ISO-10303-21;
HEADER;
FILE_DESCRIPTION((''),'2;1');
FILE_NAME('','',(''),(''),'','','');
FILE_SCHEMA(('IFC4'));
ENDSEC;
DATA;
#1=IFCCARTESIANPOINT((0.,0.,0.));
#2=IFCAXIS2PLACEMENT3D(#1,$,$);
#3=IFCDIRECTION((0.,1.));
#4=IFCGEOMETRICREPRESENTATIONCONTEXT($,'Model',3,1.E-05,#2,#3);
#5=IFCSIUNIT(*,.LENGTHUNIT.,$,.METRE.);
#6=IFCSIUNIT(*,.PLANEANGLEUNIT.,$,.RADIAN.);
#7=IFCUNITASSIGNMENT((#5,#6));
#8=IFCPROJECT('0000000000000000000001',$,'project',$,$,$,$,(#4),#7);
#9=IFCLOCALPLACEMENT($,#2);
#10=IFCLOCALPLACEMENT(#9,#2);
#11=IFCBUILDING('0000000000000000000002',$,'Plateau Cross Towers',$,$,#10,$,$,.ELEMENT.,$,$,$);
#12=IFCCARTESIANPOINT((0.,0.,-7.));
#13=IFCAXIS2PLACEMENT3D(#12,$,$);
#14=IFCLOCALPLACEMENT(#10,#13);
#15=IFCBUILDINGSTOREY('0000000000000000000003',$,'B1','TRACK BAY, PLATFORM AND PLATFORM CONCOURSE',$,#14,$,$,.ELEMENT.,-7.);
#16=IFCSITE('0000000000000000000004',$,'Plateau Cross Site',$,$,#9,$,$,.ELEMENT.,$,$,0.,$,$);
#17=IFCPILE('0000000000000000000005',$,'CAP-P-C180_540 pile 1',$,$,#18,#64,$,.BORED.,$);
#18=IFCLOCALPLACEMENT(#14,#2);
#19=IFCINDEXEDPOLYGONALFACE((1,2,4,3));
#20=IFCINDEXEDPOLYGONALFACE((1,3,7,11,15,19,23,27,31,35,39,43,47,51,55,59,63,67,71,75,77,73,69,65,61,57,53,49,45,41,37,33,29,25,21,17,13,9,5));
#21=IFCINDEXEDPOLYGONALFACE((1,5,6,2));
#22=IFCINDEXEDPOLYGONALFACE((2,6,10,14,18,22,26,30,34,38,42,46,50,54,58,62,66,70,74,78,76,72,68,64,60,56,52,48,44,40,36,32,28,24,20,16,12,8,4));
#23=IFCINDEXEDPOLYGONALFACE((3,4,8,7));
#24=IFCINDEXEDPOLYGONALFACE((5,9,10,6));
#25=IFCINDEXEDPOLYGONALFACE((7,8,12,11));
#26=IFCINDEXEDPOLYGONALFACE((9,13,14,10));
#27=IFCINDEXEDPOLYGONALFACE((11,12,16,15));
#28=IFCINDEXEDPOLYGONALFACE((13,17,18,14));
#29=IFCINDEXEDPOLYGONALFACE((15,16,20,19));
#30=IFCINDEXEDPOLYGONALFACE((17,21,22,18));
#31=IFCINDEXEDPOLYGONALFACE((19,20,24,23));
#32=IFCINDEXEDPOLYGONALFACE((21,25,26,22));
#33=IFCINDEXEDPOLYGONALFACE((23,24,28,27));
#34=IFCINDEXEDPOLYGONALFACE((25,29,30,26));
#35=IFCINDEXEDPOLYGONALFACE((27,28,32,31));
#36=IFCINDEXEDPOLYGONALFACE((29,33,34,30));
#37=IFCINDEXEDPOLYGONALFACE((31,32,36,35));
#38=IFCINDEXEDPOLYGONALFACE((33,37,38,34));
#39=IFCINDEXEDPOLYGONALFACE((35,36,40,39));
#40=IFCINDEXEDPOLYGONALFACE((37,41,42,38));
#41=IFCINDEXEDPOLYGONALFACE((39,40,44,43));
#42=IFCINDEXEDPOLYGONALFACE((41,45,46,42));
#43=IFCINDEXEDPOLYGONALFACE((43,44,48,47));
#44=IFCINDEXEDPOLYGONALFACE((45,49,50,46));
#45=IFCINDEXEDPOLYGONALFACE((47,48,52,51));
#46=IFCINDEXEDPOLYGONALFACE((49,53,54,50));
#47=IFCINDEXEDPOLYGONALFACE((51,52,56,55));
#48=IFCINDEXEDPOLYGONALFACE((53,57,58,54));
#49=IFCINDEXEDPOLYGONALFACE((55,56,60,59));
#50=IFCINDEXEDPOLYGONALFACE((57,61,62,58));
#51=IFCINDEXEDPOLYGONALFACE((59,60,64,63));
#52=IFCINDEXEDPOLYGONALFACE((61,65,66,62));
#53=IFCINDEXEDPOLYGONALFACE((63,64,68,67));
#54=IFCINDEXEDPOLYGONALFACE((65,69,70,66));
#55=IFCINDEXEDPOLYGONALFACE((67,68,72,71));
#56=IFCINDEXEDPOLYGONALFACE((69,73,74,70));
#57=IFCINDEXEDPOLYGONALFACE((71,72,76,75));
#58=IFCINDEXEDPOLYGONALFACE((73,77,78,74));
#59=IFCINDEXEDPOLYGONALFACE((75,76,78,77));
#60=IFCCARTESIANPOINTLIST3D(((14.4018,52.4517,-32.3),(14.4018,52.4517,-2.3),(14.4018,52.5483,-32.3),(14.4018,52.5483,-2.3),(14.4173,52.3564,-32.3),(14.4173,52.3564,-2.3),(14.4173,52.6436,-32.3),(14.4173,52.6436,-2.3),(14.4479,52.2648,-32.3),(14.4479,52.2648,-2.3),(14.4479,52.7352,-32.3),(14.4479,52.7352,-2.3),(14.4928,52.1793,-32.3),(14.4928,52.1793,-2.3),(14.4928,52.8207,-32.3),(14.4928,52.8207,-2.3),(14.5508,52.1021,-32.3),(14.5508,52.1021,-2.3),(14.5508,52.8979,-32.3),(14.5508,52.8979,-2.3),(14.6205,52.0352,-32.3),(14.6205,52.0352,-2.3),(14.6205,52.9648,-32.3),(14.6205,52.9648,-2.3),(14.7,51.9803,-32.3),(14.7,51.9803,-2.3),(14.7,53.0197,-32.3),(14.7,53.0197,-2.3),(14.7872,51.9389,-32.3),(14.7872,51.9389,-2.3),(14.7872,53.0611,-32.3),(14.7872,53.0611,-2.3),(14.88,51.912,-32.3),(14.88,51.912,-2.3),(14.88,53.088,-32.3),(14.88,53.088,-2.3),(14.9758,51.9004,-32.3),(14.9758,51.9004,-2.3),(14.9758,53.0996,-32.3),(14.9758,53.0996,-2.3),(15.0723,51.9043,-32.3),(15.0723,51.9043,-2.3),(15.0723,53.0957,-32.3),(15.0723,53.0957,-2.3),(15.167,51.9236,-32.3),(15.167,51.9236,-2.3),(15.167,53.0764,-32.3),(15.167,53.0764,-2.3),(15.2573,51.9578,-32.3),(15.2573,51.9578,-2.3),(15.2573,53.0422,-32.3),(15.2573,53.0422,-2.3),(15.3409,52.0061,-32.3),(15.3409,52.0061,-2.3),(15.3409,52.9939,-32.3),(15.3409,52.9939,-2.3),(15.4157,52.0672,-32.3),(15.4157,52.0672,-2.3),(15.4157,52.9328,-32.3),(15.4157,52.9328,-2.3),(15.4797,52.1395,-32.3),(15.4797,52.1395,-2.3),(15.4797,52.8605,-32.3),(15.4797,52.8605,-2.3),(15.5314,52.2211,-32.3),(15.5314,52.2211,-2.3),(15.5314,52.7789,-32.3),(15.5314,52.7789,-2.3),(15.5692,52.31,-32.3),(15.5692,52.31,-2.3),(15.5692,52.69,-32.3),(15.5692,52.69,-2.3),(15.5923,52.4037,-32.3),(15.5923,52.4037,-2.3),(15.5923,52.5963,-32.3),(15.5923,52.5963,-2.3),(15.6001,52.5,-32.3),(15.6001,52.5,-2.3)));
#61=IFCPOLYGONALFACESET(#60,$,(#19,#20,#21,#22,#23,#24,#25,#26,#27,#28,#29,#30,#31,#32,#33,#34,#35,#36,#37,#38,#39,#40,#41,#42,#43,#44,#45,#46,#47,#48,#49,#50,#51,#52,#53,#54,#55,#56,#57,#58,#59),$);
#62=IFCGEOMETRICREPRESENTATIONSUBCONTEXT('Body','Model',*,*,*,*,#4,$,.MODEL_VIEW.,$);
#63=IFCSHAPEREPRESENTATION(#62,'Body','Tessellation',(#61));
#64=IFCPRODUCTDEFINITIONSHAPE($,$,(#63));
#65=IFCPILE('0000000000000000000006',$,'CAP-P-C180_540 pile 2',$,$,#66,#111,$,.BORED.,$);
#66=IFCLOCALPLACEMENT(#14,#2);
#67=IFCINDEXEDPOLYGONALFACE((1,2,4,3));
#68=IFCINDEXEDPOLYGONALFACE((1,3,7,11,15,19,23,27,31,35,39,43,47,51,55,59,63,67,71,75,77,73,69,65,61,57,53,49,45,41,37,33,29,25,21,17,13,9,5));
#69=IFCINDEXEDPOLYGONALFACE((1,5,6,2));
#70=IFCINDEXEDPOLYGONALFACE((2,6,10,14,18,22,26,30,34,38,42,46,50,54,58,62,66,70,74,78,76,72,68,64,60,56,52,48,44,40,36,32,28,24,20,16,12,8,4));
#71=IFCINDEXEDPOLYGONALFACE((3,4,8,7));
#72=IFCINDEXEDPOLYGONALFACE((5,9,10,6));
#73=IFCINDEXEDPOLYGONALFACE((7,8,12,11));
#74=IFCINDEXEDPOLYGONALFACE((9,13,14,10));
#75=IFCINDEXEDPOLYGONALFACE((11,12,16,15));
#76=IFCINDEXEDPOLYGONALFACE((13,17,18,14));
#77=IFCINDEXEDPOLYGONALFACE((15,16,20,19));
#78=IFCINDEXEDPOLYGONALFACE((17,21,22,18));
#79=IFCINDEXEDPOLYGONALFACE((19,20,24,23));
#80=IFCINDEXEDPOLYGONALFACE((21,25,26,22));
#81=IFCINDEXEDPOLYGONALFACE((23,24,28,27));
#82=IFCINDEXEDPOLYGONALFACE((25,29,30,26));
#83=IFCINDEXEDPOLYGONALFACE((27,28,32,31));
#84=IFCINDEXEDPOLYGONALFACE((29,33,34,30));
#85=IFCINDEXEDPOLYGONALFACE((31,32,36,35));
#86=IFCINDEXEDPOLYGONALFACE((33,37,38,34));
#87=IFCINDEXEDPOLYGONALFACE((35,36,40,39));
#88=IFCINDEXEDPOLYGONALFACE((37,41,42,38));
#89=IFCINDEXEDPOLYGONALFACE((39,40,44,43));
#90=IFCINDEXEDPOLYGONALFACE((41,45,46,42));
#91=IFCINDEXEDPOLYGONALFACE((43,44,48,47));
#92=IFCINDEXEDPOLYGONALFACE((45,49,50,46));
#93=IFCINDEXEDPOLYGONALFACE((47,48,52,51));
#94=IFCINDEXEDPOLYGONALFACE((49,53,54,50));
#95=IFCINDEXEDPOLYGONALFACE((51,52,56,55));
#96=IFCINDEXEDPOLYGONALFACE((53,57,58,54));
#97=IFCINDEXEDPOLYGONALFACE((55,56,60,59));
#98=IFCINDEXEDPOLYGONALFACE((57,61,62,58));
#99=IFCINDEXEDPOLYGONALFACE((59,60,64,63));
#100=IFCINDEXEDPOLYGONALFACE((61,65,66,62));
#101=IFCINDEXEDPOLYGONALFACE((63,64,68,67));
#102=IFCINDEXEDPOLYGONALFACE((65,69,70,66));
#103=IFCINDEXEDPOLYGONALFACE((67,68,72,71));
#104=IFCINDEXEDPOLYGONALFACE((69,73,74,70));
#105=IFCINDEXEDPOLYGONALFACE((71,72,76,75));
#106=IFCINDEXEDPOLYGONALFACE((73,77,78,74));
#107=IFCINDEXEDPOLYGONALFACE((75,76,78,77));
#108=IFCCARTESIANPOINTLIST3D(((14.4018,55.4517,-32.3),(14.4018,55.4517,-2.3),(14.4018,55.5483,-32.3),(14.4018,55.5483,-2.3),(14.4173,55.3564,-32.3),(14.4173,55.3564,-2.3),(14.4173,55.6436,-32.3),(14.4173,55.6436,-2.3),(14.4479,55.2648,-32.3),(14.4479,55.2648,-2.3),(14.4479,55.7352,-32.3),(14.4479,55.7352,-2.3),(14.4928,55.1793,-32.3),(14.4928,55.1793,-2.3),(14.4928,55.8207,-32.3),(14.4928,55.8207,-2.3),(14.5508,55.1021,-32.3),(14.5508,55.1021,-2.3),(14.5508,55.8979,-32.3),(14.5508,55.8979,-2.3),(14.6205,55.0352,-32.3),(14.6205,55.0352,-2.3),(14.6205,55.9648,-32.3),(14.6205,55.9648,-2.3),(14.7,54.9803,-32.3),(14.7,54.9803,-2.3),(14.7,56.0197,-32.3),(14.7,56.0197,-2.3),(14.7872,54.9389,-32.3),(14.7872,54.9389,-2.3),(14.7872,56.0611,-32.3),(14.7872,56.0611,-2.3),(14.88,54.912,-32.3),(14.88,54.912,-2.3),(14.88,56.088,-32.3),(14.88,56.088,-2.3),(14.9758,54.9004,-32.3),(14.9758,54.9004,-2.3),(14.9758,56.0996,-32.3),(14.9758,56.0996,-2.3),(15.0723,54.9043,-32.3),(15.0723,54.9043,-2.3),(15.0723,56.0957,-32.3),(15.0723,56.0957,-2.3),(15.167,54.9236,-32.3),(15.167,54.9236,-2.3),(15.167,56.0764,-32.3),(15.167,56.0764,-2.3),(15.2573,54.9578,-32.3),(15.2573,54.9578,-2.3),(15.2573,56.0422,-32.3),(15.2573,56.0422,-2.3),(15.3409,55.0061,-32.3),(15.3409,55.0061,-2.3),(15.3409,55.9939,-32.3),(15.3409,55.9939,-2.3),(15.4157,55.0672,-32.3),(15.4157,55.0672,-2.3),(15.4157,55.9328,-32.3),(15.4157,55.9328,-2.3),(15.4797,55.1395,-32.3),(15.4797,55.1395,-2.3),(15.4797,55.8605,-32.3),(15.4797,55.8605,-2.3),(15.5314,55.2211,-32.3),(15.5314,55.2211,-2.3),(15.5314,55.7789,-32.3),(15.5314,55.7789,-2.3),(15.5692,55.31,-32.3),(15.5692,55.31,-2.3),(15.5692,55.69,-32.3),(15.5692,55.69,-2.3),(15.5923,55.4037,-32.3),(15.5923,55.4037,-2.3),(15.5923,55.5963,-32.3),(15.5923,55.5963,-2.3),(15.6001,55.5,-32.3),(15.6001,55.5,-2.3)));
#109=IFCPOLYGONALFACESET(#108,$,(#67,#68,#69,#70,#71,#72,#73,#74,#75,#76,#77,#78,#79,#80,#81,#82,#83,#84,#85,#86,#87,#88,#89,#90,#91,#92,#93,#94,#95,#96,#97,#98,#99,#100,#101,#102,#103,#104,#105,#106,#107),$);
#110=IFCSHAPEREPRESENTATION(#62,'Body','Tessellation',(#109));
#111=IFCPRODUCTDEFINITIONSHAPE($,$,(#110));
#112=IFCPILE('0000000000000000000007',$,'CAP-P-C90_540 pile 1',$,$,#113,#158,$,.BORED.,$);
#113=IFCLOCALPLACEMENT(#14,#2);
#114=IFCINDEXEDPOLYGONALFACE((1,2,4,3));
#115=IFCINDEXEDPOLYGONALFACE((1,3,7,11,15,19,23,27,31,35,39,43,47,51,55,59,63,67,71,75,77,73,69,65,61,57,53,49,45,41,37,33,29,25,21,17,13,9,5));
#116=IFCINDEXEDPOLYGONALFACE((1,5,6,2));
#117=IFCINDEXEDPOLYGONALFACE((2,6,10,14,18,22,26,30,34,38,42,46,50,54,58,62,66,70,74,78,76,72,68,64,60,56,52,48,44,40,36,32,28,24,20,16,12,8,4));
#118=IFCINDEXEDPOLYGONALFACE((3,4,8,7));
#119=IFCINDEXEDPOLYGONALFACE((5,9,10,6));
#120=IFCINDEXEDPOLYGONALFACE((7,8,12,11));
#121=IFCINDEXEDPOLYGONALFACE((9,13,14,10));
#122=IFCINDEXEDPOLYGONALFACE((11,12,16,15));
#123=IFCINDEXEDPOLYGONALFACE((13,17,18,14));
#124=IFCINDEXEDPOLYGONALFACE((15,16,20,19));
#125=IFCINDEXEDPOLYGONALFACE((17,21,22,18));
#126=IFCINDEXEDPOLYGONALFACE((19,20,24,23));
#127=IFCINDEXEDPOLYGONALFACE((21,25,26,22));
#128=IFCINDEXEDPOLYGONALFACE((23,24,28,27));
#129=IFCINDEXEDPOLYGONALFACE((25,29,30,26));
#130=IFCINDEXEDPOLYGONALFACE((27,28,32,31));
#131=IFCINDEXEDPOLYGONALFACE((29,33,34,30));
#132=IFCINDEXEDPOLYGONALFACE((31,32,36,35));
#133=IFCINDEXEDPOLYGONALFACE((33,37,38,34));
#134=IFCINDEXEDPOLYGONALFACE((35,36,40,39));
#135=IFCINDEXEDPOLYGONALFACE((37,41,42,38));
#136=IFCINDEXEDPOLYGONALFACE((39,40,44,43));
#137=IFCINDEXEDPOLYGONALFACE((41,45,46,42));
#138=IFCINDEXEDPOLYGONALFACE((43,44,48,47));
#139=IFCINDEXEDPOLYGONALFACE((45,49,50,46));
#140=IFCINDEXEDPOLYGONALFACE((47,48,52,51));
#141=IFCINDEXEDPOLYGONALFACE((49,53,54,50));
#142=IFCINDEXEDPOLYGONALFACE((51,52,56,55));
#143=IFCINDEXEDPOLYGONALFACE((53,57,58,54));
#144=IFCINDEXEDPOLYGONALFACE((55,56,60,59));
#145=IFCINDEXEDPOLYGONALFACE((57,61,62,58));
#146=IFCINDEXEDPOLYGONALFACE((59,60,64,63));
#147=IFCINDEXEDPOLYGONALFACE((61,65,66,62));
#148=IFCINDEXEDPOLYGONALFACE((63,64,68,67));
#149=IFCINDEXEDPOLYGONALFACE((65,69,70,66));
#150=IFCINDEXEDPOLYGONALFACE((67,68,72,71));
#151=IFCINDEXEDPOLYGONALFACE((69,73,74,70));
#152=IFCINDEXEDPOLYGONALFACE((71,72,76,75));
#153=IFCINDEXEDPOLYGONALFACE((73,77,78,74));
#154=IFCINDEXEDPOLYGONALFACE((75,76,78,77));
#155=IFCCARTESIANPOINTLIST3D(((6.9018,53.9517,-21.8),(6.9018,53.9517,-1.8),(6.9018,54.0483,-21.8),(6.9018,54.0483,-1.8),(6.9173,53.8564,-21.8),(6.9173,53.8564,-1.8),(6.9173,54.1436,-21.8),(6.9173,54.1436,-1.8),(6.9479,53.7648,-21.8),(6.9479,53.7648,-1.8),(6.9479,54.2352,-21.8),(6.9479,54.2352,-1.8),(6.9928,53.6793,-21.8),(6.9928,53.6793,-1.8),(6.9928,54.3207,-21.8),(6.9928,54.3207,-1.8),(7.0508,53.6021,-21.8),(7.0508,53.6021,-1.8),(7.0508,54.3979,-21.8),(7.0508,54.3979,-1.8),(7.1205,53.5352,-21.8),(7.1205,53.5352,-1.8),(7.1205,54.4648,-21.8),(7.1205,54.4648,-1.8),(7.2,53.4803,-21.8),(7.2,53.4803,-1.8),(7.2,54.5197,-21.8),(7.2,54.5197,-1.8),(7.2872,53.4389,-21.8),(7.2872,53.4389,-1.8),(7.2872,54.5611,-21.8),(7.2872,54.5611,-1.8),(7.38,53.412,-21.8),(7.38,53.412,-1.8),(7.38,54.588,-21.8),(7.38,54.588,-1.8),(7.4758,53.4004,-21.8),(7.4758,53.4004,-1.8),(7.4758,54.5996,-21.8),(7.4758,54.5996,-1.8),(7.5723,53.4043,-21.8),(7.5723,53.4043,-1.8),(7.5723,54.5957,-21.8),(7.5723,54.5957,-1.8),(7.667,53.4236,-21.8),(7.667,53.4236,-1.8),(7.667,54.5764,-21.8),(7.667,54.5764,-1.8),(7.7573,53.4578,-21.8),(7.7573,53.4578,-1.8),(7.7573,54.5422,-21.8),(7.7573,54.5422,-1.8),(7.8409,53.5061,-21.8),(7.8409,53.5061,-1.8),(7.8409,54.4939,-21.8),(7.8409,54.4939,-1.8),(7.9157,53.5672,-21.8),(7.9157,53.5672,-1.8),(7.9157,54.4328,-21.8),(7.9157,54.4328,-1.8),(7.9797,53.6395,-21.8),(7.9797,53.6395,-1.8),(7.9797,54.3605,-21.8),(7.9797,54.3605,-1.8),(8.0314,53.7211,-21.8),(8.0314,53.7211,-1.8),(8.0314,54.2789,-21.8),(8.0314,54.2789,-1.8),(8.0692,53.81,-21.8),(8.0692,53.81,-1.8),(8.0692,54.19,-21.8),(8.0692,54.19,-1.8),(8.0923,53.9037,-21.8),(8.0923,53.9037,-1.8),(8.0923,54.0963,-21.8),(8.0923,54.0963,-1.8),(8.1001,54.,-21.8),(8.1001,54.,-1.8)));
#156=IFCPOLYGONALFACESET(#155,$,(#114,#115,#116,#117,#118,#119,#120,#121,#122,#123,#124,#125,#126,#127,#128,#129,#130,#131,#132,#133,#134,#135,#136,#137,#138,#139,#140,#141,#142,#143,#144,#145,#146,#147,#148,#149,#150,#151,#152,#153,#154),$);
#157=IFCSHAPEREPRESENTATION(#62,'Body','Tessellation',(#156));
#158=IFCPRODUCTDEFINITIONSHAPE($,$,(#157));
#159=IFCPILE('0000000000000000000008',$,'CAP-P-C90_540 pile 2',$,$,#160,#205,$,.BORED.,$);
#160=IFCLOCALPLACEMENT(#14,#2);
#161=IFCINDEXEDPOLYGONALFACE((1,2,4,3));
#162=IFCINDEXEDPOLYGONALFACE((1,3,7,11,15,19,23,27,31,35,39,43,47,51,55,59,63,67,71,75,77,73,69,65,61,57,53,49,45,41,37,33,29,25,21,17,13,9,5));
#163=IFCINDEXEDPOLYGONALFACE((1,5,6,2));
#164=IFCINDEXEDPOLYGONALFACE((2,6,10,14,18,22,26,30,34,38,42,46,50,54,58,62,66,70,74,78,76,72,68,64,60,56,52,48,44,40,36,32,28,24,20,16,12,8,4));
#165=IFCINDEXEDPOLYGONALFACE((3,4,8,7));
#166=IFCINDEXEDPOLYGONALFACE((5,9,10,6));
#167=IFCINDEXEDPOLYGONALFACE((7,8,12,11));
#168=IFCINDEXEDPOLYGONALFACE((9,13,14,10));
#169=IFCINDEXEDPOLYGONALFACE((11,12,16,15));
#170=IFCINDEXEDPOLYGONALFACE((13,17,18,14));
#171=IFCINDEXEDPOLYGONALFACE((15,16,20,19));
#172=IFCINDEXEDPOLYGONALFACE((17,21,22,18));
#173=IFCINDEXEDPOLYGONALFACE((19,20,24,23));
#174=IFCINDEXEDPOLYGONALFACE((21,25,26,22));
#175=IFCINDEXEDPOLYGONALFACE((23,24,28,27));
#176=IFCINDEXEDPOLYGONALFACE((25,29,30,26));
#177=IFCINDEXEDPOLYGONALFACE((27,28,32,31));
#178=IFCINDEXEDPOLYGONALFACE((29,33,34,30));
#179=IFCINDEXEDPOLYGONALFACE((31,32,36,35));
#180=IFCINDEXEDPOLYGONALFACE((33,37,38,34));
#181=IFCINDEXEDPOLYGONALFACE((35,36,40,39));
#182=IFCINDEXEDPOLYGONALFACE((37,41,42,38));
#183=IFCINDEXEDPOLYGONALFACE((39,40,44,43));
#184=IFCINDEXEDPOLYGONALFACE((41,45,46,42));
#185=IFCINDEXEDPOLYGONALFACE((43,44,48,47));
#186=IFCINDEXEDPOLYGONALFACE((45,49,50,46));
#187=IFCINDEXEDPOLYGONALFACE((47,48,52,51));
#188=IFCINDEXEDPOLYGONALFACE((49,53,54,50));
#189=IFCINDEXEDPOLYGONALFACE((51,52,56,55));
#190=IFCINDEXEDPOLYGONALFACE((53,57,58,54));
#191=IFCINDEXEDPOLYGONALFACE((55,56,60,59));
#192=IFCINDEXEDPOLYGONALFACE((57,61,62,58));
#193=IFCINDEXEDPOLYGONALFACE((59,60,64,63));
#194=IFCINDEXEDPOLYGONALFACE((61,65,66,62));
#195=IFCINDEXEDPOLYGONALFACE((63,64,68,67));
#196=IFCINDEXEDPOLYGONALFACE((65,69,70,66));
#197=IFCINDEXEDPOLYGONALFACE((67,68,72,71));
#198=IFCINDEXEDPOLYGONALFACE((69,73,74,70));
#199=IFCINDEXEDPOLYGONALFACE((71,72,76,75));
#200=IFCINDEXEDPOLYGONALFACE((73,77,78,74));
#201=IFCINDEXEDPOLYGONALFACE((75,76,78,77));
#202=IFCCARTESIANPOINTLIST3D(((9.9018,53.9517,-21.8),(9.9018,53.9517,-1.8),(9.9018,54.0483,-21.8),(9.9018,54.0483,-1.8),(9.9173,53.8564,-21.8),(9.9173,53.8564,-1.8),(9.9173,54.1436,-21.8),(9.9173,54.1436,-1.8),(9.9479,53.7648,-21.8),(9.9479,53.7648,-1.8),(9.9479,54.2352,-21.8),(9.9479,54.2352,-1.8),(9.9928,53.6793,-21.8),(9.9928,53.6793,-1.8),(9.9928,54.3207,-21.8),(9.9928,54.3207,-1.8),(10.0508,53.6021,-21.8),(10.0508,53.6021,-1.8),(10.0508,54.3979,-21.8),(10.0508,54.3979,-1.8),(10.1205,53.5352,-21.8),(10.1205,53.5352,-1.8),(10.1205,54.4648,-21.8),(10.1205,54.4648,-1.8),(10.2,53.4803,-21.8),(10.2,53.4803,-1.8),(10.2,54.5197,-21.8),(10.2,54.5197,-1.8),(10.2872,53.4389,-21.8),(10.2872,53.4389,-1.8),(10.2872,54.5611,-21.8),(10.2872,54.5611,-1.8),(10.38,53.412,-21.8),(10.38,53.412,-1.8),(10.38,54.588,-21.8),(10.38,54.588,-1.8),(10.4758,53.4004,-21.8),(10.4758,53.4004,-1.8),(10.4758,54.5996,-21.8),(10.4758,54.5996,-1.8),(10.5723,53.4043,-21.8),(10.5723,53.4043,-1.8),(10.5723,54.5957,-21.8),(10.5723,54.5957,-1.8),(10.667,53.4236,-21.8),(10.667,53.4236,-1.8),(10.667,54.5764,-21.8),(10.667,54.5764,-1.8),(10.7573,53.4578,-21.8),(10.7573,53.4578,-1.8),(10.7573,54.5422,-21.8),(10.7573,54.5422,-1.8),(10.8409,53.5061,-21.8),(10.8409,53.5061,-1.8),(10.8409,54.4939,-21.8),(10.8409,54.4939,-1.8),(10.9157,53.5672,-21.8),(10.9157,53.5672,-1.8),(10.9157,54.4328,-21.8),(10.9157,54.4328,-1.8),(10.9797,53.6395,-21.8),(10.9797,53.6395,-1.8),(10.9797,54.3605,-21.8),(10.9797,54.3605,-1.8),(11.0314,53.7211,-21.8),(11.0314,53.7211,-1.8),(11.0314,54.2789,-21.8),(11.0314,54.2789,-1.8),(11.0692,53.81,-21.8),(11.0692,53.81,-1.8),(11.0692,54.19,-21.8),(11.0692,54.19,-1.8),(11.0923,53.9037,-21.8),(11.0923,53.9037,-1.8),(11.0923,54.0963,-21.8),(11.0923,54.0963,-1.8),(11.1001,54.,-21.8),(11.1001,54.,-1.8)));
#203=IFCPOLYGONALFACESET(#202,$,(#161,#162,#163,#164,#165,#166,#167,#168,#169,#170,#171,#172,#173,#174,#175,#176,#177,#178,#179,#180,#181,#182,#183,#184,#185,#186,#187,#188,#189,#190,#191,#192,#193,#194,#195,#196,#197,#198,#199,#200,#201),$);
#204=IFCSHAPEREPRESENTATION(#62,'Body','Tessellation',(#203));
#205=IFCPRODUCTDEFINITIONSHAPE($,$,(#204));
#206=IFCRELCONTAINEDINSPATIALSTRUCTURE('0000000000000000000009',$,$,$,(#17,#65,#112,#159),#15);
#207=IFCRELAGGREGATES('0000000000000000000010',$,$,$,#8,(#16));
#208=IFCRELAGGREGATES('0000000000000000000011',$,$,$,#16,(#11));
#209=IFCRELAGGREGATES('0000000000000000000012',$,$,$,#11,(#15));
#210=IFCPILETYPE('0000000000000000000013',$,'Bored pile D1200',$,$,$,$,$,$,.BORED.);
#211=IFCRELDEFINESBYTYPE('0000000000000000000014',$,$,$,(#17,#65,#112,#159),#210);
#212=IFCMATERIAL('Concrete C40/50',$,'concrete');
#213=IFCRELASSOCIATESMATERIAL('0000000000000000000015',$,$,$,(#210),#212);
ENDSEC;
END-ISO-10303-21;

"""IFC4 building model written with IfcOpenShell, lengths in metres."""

from ifc_helpers import new_model, si_unit, direction, frame, origin, origin_2d, place, context, subcontext, project, spatial, circle, extrude, material, material_profile, profile_set, type_object, element, save


model = new_model("IFC4")

# Units and contexts
model_context = context("Model", 3, precision=1e-05, world=origin(), true_north=direction((0.0, 1.0)))
body_context = subcontext(model_context, "Body", "Model", "MODEL_VIEW")
ifc_project = project(units=[si_unit("LENGTHUNIT", "METRE"), si_unit("PLANEANGLEUNIT", "RADIAN")], contexts=[model_context])

# Site, building, storey
site_placement = place(None, origin())
site = spatial("IfcSite", under=ifc_project, at=site_placement, Name="Plateau Cross Site", CompositionType="ELEMENT", RefElevation=0.0)
building_placement = place(site_placement, origin())
building = spatial("IfcBuilding", under=site, at=building_placement, Name="Plateau Cross Towers", CompositionType="ELEMENT")
storey_placement = place(building_placement, frame((0.0, 0.0, -7.0)))
storey = spatial("IfcBuildingStorey", under=building, at=storey_placement, Name="B1", Description="TRACK BAY, PLATFORM AND PLATFORM CONCOURSE", CompositionType="ELEMENT", Elevation=-7.0)

# Piles
ifc_material_1 = material(Name="Concrete C40/50", Category="concrete")
ifc_material_profile_1 = material_profile(ifc_material_1, circle(Radius=0.6001, at=origin_2d()), Name="Bored pile D1200")
ifc_profile_set_1 = profile_set([ifc_material_profile_1], Name="Concrete C40/50")
pile_type = type_object("IfcPileType", Name="Bored pile D1200", PredefinedType="BORED", material=ifc_profile_set_1)
for number, where, z_axis, x_axis, name in (
    (1, (15.0, 52.5, -2.3), (0.0, 0.0, -1.0), (1.0, 0.0, 0.0), "CAP-P-C180_540 pile 1"),
    (2, (15.0, 55.5, -2.3), (0.0, 0.0, -1.0), (1.0, 0.0, 0.0), "CAP-P-C180_540 pile 2"),
):
    element("IfcPile", number, at=place(storey_placement, frame(where, z_axis=z_axis, x_axis=x_axis)), inside=storey, type_object=pile_type, Name=name, PredefinedType="BORED", context=body_context, shape_type="SweptSolid", body=[
        extrude(circle(Radius=0.6001, at=origin_2d()), origin(), (0.0, 0.0, 1.0), 30.0),
    ])
for number, where, z_axis, x_axis, name in (
    (3, (7.5, 54.0, -1.8), (0.0, 0.0, -1.0), (1.0, 0.0, 0.0), "CAP-P-C90_540 pile 1"),
    (4, (10.5, 54.0, -1.8), (0.0, 0.0, -1.0), (1.0, 0.0, 0.0), "CAP-P-C90_540 pile 2"),
):
    element("IfcPile", number, at=place(storey_placement, frame(where, z_axis=z_axis, x_axis=x_axis)), inside=storey, type_object=pile_type, Name=name, PredefinedType="BORED", context=body_context, shape_type="SweptSolid", body=[
        extrude(circle(Radius=0.6001, at=origin_2d()), origin(), (0.0, 0.0, 1.0), 20.0),
    ])

save(model, "model.ifc")
